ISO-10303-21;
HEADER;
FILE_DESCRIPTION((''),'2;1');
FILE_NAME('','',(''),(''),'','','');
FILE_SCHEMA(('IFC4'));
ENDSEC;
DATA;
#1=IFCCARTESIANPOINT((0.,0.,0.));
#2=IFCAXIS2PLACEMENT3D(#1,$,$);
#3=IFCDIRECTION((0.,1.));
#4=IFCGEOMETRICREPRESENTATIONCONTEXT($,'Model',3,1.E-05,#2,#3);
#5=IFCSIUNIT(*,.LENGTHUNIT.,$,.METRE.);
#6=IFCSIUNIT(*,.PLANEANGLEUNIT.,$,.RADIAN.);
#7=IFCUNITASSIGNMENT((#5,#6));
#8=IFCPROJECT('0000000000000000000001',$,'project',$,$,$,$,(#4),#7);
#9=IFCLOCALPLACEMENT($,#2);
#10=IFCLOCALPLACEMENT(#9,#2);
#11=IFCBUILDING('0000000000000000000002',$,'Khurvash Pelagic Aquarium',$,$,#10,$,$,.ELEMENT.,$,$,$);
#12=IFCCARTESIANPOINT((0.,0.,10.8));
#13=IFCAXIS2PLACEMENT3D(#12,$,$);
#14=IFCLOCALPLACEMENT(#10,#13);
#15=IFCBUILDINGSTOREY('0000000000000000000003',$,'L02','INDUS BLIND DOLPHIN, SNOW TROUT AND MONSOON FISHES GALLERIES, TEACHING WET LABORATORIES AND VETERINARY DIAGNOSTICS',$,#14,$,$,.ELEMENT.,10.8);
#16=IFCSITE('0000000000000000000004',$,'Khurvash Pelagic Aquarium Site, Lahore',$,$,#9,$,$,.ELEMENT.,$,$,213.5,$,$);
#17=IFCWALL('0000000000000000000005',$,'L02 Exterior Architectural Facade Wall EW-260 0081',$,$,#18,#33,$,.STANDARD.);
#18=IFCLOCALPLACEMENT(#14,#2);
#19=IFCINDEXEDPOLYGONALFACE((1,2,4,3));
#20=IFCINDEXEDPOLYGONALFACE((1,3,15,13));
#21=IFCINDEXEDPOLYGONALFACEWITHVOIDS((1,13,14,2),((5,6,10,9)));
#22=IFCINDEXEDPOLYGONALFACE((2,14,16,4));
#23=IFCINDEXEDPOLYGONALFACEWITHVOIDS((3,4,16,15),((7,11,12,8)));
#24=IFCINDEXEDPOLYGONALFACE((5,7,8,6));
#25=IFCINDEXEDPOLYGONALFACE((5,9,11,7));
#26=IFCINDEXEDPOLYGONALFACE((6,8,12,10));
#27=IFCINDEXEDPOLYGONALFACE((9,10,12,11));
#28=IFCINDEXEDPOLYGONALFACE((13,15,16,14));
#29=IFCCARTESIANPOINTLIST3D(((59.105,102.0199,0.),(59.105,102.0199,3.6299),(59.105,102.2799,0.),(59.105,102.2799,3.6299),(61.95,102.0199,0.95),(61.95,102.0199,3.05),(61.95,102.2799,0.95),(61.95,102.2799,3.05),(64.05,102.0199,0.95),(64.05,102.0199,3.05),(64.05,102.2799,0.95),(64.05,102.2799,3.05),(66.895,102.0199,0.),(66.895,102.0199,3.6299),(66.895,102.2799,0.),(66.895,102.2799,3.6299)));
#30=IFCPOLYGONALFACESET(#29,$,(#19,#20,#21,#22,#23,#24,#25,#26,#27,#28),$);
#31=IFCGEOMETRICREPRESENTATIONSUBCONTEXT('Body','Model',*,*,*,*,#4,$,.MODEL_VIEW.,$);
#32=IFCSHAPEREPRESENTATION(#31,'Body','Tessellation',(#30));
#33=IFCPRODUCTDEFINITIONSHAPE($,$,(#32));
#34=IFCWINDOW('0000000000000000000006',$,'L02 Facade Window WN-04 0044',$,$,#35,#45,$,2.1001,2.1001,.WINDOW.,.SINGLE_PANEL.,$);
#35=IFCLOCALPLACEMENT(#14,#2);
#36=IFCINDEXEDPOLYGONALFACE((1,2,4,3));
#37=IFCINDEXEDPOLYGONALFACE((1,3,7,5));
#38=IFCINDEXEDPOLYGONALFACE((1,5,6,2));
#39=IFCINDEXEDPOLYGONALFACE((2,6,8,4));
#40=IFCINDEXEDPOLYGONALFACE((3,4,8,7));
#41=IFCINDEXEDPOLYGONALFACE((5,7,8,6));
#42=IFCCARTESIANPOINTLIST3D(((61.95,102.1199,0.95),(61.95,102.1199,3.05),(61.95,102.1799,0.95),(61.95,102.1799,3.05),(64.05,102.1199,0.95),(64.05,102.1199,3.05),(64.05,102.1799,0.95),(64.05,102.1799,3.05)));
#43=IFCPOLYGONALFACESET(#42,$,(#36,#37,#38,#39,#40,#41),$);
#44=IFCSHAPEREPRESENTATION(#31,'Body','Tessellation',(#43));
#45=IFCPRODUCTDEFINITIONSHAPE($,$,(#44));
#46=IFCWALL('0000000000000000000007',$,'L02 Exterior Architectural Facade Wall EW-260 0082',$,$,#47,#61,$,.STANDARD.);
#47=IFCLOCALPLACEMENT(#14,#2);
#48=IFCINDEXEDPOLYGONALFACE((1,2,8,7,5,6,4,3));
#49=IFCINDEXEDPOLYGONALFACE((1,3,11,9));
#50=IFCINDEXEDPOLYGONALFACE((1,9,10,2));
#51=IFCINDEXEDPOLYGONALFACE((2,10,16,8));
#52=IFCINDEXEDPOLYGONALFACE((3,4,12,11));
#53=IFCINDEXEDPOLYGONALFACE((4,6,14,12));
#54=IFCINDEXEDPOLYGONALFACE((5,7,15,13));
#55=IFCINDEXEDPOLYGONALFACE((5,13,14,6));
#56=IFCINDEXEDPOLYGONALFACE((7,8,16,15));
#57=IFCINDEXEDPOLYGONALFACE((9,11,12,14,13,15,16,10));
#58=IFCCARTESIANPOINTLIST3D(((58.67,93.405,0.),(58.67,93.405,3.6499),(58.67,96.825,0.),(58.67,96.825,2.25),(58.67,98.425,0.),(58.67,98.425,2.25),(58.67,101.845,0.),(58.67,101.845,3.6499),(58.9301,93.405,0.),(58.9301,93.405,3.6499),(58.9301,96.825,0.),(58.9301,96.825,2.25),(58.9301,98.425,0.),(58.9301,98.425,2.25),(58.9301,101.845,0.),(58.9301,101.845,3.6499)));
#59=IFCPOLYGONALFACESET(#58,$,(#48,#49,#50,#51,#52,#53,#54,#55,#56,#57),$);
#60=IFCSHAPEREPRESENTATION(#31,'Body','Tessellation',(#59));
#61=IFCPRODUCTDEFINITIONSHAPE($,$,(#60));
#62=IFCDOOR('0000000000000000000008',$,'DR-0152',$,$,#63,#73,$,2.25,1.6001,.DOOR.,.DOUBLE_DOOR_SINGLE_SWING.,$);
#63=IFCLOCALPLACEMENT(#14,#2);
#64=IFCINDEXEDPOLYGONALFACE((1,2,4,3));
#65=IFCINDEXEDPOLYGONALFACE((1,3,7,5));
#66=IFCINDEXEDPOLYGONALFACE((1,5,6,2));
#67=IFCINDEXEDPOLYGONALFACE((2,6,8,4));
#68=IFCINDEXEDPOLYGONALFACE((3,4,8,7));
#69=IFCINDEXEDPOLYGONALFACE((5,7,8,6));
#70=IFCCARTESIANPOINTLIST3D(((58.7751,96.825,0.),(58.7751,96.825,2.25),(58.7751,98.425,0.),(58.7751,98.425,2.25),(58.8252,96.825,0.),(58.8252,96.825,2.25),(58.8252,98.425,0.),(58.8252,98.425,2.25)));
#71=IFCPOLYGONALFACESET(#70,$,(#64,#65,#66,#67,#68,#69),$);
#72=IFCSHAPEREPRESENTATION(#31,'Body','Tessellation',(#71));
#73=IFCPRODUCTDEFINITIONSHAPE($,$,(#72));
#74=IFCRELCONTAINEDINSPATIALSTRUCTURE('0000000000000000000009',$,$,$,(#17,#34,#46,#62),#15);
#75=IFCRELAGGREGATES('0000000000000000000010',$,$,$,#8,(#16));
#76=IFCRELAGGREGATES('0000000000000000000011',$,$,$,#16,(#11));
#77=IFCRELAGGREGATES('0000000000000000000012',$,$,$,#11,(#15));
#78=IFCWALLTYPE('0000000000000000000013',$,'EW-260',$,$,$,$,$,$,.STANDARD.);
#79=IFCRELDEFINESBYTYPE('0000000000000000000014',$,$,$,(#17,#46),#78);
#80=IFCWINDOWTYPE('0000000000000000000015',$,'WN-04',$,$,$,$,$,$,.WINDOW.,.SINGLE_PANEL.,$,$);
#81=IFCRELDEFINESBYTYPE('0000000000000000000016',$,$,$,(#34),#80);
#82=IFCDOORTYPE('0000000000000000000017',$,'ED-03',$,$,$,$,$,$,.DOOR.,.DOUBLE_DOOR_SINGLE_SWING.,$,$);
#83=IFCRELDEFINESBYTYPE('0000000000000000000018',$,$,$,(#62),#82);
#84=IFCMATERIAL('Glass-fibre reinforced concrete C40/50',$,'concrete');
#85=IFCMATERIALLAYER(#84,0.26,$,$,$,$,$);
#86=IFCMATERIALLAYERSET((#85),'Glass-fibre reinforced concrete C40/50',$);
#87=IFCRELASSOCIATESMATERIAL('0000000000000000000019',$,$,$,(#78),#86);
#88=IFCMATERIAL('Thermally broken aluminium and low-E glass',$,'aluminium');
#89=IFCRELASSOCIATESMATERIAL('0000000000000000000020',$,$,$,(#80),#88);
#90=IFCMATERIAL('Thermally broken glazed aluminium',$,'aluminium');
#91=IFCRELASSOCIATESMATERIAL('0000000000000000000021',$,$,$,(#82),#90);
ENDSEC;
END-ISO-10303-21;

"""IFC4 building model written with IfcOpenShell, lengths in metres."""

from ifc_helpers import new_model, si_unit, direction, frame, frame_2d, origin, place, context, subcontext, project, spatial, rectangle, extrude, material, layer, layer_set, type_object, element, fill, save


model = new_model("IFC4")

# Units and contexts
model_context = context("Model", 3, precision=1e-05, world=origin(), true_north=direction((0.0, 1.0)))
body_context = subcontext(model_context, "Body", "Model", "MODEL_VIEW")
ifc_project = project(units=[si_unit("LENGTHUNIT", "METRE"), si_unit("PLANEANGLEUNIT", "RADIAN")], contexts=[model_context])

# Site, building, storey
site_placement = place(None, origin())
site = spatial("IfcSite", under=ifc_project, at=site_placement, Name="Khurvash Pelagic Aquarium Site, Lahore", CompositionType="ELEMENT", RefElevation=213.5)
building_placement = place(site_placement, origin())
building = spatial("IfcBuilding", under=site, at=building_placement, Name="Khurvash Pelagic Aquarium", CompositionType="ELEMENT")
storey_placement = place(building_placement, frame((0.0, 0.0, 10.8)))
storey = spatial("IfcBuildingStorey", under=building, at=storey_placement, Name="L02", Description="INDUS BLIND DOLPHIN, SNOW TROUT AND MONSOON FISHES GALLERIES, TEACHING WET LABORATORIES AND VETERINARY DIAGNOSTICS", CompositionType="ELEMENT", Elevation=10.8)

# Wall, opening, window
ifc_material_1 = material(Name="Glass-fibre reinforced concrete C40/50", Category="concrete")
ifc_layer_1 = layer(ifc_material_1, 0.26)
ifc_layer_set_1 = layer_set([ifc_layer_1], Name="Glass-fibre reinforced concrete C40/50")
wall_type = type_object("IfcWallType", Name="EW-260", PredefinedType="STANDARD", material=ifc_layer_set_1)
wall_1_placement = place(storey_placement, frame((66.895, 102.1499, 0.0), z_axis=(0.0, 0.0, 1.0), x_axis=(-1.0, 0.0, 0.0)))
wall_1 = element("IfcWall", 1, at=wall_1_placement, inside=storey, type_object=wall_type, Name="L02 Exterior Architectural Facade Wall EW-260 0081", PredefinedType="STANDARD", context=body_context, shape_type="SweptSolid", body=[
    extrude(rectangle(XDim=7.79, YDim=0.26, at=frame_2d((3.895, 0.0))), origin(), (0.0, 0.0, 1.0), 3.6299),
])
opening_1_placement = place(wall_1_placement, frame((2.845, 0.0, 0.95)))
opening_1 = element("IfcOpeningElement", 2, at=opening_1_placement, cuts=wall_1, PredefinedType="OPENING", context=body_context, shape_type="SweptSolid", body=[
    extrude(rectangle(XDim=2.1001, YDim=2.1001, at=frame_2d((1.05, 1.05))), frame((0.0, 0.1401, 0.0), z_axis=(0.0, -1.0, 0.0), x_axis=(1.0, 0.0, 0.0)), (0.0, 0.0, 1.0), 0.28),
])
ifc_material_2 = material(Name="Thermally broken aluminium and low-E glass", Category="aluminium")
window_type = type_object("IfcWindowType", Name="WN-04", PartitioningType="SINGLE_PANEL", PredefinedType="WINDOW", material=ifc_material_2)
window_placement = place(opening_1_placement, origin())
window = element("IfcWindow", 3, at=window_placement, inside=storey, type_object=window_type, Name="L02 Facade Window WN-04 0044", OverallHeight=2.1001, OverallWidth=2.1001, PartitioningType="SINGLE_PANEL", PredefinedType="WINDOW", context=body_context, shape_type="SweptSolid", body=[
    extrude(rectangle(XDim=2.1001, YDim=2.1001, at=frame_2d((1.05, 1.05))), frame((0.0, 0.03, 0.0), z_axis=(0.0, -1.0, 0.0), x_axis=(1.0, 0.0, 0.0)), (0.0, 0.0, 1.0), 0.0601),
])
fill(opening_1, window)

# Wall, opening, door
wall_2_placement = place(storey_placement, frame((58.8, 101.845, 0.0), z_axis=(0.0, 0.0, 1.0), x_axis=(0.0, -1.0, 0.0)))
wall_2 = element("IfcWall", 4, at=wall_2_placement, inside=storey, type_object=wall_type, Name="L02 Exterior Architectural Facade Wall EW-260 0082", PredefinedType="STANDARD", context=body_context, shape_type="SweptSolid", body=[
    extrude(rectangle(XDim=8.4399, YDim=0.26, at=frame_2d((4.22, 0.0))), origin(), (0.0, 0.0, 1.0), 3.6499),
])
opening_2_placement = place(wall_2_placement, frame((3.4199, 0.0, 0.0)))
opening_2 = element("IfcOpeningElement", 5, at=opening_2_placement, cuts=wall_2, PredefinedType="OPENING", context=body_context, shape_type="SweptSolid", body=[
    extrude(rectangle(XDim=1.6001, YDim=2.25, at=frame_2d((0.8, 1.125))), frame((0.0, 0.1401, 0.0), z_axis=(0.0, -1.0, 0.0), x_axis=(1.0, 0.0, 0.0)), (0.0, 0.0, 1.0), 0.28),
])
ifc_material_3 = material(Name="Thermally broken glazed aluminium", Category="aluminium")
door_type = type_object("IfcDoorType", Name="ED-03", OperationType="DOUBLE_DOOR_SINGLE_SWING", PredefinedType="DOOR", material=ifc_material_3)
door_placement = place(opening_2_placement, frame((1.6001, 0.0, 0.0), z_axis=(0.0, 0.0, 1.0), x_axis=(-1.0, 0.0, 0.0)))
door = element("IfcDoor", 6, at=door_placement, inside=storey, type_object=door_type, Name="DR-0152", OperationType="DOUBLE_DOOR_SINGLE_SWING", OverallHeight=2.25, OverallWidth=1.6001, PredefinedType="DOOR", context=body_context, shape_type="SweptSolid", body=[
    extrude(rectangle(XDim=1.6001, YDim=2.25, at=frame_2d((0.8, 1.125))), frame((0.0, 0.0249, 0.0), z_axis=(0.0, -1.0, 0.0), x_axis=(1.0, 0.0, 0.0)), (0.0, 0.0, 1.0), 0.05),
])
fill(opening_2, door)

save(model, "model.ifc")
